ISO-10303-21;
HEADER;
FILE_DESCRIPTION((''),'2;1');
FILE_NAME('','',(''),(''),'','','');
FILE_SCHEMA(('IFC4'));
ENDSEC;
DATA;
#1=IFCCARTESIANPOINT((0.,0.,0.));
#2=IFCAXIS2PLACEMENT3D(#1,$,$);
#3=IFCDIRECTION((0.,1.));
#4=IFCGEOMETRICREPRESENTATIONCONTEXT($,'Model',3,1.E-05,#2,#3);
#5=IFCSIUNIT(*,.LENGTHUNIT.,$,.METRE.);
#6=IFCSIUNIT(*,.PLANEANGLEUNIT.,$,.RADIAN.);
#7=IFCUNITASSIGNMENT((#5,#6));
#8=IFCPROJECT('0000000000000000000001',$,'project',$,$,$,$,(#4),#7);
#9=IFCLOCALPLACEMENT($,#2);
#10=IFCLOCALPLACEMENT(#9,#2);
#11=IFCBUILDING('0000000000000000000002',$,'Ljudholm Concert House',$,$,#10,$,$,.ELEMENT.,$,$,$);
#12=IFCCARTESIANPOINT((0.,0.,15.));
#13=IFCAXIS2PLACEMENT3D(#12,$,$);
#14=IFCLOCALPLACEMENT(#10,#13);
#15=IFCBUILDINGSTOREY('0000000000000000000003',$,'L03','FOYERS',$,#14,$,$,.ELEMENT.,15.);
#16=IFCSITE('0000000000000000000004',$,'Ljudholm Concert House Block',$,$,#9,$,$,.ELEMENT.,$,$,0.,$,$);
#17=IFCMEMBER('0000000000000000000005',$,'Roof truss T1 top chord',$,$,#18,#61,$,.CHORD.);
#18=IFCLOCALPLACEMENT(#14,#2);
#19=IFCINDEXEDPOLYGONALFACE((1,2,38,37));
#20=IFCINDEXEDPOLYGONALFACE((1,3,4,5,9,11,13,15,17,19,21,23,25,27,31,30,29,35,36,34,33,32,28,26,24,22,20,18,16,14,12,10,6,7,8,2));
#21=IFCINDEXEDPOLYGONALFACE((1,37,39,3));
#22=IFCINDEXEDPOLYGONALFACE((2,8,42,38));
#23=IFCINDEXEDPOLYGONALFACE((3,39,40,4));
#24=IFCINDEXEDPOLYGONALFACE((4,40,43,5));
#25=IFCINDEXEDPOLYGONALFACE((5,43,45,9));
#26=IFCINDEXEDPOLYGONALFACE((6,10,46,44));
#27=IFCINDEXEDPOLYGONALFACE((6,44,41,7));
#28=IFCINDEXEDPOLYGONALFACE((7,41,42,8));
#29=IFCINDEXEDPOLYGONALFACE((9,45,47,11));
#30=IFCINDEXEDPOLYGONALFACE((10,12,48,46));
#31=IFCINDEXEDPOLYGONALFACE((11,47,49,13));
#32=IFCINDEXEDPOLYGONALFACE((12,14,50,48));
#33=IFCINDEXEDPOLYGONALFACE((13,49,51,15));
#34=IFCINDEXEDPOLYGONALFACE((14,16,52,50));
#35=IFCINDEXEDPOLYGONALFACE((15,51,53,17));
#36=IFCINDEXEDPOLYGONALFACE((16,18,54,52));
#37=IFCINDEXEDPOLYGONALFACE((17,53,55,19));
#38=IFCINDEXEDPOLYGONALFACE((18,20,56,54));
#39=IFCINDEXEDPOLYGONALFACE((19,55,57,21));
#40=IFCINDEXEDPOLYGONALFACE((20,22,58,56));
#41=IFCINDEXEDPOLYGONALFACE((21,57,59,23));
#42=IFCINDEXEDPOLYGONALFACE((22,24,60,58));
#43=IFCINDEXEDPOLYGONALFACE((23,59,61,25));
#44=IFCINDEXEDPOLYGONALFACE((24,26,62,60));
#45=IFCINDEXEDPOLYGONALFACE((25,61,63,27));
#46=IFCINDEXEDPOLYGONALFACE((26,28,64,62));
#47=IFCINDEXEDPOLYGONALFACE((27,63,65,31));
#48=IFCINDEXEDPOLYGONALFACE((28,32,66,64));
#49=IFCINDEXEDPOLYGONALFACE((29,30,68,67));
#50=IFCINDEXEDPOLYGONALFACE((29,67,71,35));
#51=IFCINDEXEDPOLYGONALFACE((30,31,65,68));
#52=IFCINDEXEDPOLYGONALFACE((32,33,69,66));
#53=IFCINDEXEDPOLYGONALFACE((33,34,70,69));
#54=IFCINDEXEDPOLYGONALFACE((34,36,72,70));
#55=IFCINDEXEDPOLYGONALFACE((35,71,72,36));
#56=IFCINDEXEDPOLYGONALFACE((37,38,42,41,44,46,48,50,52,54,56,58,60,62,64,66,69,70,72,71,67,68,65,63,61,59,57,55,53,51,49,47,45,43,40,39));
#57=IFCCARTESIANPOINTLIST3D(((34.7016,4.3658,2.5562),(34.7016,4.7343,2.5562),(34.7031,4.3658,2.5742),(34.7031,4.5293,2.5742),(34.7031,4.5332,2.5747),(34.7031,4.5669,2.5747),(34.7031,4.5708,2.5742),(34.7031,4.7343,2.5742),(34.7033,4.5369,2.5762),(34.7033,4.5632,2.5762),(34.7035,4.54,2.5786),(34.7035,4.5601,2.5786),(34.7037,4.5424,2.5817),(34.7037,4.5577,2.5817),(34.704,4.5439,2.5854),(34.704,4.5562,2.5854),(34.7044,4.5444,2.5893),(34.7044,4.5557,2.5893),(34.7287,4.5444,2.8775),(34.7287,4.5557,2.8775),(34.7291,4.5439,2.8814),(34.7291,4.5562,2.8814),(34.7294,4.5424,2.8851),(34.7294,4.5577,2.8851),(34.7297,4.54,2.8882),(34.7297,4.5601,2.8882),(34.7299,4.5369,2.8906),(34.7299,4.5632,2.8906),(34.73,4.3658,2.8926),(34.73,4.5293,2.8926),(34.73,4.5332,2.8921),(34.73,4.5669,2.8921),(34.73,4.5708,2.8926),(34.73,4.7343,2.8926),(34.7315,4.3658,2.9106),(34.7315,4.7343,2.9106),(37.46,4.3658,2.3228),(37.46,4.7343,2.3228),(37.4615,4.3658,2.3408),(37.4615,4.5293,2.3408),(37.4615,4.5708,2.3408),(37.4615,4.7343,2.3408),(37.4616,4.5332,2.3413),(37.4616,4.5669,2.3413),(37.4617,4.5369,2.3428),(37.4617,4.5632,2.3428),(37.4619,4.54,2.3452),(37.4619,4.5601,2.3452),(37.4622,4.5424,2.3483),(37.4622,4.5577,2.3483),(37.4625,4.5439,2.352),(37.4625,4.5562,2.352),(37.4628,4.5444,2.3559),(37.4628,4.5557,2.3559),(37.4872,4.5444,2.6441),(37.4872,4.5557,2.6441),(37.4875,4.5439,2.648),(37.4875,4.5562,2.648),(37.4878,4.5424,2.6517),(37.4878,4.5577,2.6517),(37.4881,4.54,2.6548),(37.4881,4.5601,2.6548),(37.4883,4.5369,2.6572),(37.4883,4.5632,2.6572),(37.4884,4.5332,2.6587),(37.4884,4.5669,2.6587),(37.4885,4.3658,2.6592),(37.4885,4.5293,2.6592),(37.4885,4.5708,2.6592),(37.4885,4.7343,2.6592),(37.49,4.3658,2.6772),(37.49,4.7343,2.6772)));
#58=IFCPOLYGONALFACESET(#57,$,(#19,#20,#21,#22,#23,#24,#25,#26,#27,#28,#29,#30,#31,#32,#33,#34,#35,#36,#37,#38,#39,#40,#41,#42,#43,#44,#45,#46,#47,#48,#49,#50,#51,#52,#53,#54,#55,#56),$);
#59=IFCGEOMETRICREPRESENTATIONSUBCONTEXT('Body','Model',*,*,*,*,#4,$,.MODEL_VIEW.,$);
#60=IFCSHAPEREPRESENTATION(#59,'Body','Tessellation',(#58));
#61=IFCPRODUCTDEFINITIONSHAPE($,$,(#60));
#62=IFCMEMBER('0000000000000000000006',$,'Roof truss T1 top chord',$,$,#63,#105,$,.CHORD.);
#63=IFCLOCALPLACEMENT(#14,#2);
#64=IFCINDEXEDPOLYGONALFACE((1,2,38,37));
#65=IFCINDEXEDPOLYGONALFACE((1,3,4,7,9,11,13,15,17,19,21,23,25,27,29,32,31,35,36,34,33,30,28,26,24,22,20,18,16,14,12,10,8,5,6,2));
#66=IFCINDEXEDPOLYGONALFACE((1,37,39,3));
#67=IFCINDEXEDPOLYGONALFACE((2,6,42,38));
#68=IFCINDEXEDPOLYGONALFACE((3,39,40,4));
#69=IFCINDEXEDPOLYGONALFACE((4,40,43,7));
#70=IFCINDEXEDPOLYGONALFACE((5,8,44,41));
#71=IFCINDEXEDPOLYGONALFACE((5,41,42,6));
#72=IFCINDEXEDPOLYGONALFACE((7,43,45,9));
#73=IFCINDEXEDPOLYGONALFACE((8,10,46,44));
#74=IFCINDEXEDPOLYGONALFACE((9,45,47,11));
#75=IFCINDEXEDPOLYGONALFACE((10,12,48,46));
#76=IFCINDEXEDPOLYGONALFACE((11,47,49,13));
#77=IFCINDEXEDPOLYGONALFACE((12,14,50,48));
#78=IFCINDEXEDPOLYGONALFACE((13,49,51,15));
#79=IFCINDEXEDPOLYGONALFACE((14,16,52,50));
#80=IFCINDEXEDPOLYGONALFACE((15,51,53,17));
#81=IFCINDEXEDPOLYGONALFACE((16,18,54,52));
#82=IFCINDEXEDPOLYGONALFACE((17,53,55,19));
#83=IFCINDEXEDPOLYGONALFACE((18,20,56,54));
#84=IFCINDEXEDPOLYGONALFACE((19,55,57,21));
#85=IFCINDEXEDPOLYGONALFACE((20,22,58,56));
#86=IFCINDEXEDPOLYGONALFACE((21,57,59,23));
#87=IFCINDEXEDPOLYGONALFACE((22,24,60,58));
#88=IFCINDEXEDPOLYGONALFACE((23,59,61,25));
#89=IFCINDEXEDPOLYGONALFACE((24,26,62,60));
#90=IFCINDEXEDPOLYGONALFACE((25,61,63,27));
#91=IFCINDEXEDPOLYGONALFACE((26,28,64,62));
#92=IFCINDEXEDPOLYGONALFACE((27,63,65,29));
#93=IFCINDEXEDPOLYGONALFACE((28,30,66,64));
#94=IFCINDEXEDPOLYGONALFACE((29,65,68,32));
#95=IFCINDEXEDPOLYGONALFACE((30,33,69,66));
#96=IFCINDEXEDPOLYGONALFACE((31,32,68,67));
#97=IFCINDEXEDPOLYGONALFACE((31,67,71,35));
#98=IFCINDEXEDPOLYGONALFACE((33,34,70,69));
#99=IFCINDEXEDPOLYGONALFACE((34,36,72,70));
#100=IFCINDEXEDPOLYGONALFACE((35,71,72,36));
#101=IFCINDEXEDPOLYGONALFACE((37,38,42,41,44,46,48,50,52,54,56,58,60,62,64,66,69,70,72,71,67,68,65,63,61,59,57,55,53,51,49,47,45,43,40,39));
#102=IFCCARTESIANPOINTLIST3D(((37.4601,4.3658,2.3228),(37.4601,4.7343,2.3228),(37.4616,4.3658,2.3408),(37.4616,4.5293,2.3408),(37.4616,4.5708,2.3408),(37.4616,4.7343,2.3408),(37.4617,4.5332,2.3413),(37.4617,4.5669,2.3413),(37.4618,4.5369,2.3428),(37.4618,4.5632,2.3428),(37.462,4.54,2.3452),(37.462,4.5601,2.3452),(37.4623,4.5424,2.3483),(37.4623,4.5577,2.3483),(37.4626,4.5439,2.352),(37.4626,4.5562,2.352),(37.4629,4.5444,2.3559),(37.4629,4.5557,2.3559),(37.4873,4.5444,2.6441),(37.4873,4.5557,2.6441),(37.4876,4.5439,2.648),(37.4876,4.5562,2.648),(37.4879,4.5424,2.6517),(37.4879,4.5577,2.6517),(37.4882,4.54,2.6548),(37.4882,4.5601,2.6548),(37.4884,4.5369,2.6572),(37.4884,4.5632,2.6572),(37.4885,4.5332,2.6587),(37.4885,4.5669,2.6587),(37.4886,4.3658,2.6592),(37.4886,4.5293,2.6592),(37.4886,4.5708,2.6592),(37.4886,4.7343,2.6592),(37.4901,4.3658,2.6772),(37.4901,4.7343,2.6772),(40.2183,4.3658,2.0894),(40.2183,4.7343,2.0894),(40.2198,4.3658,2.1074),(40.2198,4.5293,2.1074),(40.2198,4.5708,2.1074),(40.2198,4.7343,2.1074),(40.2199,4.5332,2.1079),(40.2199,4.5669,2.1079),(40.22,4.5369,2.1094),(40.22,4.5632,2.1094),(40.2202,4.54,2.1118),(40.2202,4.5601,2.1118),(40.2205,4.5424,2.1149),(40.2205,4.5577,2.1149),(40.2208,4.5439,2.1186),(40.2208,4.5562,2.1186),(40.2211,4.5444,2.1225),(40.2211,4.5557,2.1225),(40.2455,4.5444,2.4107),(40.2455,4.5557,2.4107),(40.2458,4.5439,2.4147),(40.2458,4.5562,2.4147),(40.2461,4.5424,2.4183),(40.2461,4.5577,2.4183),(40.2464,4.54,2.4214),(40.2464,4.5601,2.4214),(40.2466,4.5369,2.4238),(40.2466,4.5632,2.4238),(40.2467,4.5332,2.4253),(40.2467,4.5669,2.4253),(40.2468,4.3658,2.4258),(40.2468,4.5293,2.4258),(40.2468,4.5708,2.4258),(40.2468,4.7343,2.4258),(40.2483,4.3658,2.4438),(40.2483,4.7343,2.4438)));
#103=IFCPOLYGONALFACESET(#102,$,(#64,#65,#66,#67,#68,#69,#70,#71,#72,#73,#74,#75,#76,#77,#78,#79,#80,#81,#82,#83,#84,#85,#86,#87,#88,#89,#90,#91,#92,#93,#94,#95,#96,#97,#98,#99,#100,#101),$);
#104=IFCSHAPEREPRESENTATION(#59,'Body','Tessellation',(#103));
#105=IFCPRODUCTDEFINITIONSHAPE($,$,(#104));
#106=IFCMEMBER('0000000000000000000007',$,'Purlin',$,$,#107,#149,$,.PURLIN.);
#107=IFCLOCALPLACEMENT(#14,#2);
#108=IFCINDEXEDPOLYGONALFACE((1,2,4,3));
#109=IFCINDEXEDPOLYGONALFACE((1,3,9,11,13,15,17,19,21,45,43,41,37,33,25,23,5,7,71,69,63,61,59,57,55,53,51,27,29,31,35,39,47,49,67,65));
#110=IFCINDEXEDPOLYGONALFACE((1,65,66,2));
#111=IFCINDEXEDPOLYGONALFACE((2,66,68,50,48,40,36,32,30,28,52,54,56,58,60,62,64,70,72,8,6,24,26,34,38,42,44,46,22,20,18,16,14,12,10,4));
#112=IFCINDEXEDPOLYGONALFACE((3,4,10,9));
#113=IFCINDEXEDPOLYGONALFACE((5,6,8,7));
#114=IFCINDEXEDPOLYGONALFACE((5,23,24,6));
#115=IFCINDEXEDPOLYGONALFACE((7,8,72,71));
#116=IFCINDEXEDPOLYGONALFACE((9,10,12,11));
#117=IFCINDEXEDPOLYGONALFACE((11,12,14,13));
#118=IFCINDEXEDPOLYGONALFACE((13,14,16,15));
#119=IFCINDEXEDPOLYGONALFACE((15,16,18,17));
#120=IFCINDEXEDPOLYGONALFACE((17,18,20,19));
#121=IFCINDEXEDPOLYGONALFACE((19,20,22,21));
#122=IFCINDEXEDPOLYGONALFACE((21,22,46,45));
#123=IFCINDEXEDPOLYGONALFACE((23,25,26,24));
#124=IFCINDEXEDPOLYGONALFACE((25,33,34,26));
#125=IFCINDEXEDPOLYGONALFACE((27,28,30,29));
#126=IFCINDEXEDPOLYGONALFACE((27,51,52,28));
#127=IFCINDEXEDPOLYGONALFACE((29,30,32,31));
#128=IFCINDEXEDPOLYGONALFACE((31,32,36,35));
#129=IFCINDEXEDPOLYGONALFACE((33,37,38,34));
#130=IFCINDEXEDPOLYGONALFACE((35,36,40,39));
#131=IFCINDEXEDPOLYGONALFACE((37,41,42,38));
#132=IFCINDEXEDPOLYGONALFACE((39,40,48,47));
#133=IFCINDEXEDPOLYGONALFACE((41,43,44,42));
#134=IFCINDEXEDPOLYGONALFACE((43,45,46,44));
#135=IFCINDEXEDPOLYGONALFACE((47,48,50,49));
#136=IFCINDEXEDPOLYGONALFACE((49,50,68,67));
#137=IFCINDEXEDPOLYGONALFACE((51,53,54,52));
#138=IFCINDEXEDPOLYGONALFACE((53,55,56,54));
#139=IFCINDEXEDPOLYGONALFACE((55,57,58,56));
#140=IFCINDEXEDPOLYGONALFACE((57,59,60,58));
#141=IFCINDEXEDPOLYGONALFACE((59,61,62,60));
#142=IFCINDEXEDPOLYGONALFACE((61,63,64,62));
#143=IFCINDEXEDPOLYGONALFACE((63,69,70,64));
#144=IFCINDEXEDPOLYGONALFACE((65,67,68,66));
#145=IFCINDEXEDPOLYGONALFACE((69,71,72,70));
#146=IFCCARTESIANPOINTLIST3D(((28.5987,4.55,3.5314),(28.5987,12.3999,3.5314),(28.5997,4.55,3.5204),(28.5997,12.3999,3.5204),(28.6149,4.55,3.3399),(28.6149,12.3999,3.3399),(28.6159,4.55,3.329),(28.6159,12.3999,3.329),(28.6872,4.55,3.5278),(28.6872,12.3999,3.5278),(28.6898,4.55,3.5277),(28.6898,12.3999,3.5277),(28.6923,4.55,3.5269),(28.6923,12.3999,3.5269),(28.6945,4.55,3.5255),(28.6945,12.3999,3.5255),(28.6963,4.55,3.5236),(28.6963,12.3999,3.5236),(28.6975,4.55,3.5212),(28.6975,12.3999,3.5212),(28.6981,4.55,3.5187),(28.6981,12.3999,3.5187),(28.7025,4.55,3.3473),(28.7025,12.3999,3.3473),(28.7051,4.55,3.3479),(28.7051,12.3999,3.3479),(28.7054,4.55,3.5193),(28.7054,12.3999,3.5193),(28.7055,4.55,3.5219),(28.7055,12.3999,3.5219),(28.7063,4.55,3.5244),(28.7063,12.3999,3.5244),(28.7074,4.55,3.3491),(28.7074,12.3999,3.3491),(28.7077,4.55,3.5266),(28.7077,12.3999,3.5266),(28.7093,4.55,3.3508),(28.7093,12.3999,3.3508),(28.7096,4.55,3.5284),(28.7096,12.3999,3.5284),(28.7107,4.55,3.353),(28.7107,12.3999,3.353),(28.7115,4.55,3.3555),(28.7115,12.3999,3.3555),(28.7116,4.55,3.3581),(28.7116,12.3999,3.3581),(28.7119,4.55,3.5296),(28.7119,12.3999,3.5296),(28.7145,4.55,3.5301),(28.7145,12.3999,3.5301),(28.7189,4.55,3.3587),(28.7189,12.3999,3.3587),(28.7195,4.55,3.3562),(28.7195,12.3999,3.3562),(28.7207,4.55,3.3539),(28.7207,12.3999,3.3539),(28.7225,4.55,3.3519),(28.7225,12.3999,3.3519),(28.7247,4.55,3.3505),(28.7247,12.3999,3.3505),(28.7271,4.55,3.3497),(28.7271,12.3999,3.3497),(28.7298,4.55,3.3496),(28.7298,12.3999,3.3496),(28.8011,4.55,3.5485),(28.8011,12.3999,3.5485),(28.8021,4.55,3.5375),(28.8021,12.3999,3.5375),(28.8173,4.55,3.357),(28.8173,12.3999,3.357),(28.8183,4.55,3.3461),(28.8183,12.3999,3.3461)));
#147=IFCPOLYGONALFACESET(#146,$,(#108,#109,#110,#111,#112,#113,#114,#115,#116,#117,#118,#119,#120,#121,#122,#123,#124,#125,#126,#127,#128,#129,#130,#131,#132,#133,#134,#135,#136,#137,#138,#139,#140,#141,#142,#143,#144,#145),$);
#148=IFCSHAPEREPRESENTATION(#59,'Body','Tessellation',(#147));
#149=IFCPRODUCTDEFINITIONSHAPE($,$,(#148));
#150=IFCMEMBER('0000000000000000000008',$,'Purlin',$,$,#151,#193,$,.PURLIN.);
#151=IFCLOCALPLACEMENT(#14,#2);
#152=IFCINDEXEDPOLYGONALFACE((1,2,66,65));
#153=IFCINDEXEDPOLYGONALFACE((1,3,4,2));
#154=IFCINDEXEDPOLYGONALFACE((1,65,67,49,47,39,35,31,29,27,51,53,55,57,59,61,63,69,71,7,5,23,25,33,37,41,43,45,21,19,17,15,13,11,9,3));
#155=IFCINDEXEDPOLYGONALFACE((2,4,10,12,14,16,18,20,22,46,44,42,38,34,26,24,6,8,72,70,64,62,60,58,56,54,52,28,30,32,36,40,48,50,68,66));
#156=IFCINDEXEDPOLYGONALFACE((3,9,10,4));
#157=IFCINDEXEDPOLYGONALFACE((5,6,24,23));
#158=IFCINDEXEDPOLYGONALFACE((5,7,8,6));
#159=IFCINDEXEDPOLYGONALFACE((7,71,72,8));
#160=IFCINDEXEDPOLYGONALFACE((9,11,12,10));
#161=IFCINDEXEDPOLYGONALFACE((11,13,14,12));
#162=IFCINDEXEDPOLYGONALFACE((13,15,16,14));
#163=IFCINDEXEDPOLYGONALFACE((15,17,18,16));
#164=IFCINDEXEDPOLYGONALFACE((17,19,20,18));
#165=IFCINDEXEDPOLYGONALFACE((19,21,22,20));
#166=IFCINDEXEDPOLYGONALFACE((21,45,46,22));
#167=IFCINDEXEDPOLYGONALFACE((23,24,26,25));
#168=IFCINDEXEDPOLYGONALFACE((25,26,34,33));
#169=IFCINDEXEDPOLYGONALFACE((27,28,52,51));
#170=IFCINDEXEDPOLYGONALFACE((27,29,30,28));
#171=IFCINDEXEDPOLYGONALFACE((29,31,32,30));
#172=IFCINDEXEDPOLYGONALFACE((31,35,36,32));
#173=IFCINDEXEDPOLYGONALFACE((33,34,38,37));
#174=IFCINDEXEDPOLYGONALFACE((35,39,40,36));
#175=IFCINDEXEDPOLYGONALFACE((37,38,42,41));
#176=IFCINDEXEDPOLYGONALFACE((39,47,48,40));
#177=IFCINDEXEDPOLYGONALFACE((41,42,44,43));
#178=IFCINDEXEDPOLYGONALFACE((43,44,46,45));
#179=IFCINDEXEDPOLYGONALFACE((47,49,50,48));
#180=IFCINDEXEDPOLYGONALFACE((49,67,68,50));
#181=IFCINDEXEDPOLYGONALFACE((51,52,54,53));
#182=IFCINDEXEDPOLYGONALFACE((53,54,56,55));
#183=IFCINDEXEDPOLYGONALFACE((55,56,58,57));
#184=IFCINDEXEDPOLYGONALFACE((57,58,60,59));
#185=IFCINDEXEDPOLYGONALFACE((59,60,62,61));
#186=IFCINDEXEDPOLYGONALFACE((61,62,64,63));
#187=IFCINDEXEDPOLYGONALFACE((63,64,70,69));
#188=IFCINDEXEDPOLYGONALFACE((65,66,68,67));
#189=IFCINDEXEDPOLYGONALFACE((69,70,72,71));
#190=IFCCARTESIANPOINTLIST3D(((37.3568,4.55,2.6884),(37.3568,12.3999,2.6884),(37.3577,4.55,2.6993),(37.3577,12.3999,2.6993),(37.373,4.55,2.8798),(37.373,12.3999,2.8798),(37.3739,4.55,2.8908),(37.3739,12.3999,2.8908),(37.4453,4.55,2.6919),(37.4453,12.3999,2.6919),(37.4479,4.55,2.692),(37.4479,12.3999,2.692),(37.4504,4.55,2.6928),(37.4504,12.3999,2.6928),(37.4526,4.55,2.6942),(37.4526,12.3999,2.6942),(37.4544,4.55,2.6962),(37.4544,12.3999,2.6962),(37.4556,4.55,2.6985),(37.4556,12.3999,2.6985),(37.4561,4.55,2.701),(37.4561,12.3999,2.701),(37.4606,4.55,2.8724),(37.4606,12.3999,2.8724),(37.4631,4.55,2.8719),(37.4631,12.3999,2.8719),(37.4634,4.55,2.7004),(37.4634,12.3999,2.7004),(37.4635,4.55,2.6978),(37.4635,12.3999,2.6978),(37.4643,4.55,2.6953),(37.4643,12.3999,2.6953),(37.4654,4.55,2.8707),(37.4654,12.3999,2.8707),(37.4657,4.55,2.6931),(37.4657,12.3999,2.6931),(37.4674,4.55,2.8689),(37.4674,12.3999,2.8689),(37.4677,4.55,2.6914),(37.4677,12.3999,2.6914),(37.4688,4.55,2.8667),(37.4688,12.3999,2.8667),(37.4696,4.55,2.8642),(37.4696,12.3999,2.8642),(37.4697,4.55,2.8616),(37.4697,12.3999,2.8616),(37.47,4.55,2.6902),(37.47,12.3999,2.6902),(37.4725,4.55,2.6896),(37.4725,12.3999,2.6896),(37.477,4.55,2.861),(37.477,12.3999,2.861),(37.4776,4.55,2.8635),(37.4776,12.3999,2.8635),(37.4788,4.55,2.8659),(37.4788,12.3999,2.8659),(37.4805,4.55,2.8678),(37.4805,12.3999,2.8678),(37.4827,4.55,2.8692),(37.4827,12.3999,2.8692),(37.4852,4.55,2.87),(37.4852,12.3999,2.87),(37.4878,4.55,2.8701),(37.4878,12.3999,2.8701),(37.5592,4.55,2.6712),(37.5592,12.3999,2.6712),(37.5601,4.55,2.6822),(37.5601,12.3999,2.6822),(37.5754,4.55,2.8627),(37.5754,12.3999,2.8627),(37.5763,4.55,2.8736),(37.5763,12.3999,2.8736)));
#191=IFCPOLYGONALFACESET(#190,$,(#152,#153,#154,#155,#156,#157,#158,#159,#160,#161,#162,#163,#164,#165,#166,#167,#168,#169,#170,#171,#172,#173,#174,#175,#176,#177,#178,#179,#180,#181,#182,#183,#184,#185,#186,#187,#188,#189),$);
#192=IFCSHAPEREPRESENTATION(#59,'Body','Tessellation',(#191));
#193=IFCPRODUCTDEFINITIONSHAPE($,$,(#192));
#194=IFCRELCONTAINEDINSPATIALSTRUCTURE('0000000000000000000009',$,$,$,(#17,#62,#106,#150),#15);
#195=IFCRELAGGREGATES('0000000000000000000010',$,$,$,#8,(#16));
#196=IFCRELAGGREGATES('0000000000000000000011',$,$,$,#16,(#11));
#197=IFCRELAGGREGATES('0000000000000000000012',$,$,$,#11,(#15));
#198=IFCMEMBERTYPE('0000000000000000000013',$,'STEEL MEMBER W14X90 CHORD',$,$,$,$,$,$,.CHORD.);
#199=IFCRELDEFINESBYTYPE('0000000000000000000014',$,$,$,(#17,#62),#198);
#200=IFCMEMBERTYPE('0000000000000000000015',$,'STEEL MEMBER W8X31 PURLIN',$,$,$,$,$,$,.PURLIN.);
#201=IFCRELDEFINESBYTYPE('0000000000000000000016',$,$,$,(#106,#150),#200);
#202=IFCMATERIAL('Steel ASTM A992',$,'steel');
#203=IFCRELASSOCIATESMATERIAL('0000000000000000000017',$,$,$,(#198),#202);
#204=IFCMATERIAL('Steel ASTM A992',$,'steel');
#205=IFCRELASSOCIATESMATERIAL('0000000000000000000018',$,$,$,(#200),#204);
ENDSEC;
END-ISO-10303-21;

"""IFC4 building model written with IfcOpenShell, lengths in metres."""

from ifc_helpers import new_model, si_unit, direction, frame, origin, origin_2d, place, context, subcontext, project, spatial, i_section, extrude, material, material_profile, profile_set, type_object, element, save


model = new_model("IFC4")

# Units and contexts
model_context = context("Model", 3, precision=1e-05, world=origin(), true_north=direction((0.0, 1.0)))
body_context = subcontext(model_context, "Body", "Model", "MODEL_VIEW")
ifc_project = project(units=[si_unit("LENGTHUNIT", "METRE"), si_unit("PLANEANGLEUNIT", "RADIAN")], contexts=[model_context])

# Site, building, storey
site_placement = place(None, origin())
site = spatial("IfcSite", under=ifc_project, at=site_placement, Name="Ljudholm Concert House Block", CompositionType="ELEMENT", RefElevation=0.0)
building_placement = place(site_placement, origin())
building = spatial("IfcBuilding", under=site, at=building_placement, Name="Ljudholm Concert House", CompositionType="ELEMENT")
storey_placement = place(building_placement, frame((0.0, 0.0, 15.0)))
storey = spatial("IfcBuildingStorey", under=building, at=storey_placement, Name="L03", Description="FOYERS", CompositionType="ELEMENT", Elevation=15.0)

# Members
ifc_material_1 = material(Name="Steel ASTM A992", Category="steel")
ifc_material_profile_1 = material_profile(ifc_material_1, i_section(OverallWidth=0.3684, OverallDepth=0.3557, WebThickness=0.0112, FlangeThickness=0.0181, FilletRadius=0.0151, at=origin_2d()), Name="W14X90")
ifc_profile_set_1 = profile_set([ifc_material_profile_1], Name="Steel ASTM A992")
member_type_1 = type_object("IfcMemberType", Name="STEEL MEMBER W14X90 CHORD", PredefinedType="CHORD", material=ifc_profile_set_1)
member_1_placement = place(storey_placement, frame((34.7166, 4.55, 2.7334), z_axis=(0.99644, 0.0, -0.084308), x_axis=(0.0, 1.0, 0.0)))
element("IfcMember", 1, at=member_1_placement, inside=storey, type_object=member_type_1, Name="Roof truss T1 top chord", PredefinedType="CHORD", context=body_context, shape_type="SweptSolid", body=[
    extrude(i_section(OverallWidth=0.3684, OverallDepth=0.3557, WebThickness=0.0112, FlangeThickness=0.0181, FilletRadius=0.0151, at=origin_2d()), origin(), (0.0, 0.0, 1.0), 2.7683),
])
member_2_placement = place(storey_placement, frame((37.4751, 4.55, 2.5), z_axis=(0.996439, 0.0, -0.084315), x_axis=(0.0, 1.0, 0.0)))
element("IfcMember", 2, at=member_2_placement, inside=storey, type_object=member_type_1, Name="Roof truss T1 top chord", PredefinedType="CHORD", context=body_context, shape_type="SweptSolid", body=[
    extrude(i_section(OverallWidth=0.3684, OverallDepth=0.3557, WebThickness=0.0112, FlangeThickness=0.0181, FilletRadius=0.0151, at=origin_2d()), origin(), (0.0, 0.0, 1.0), 2.7681),
])
ifc_material_2 = material(Name="Steel ASTM A992", Category="steel")
ifc_material_profile_2 = material_profile(ifc_material_2, i_section(OverallWidth=0.2031, OverallDepth=0.2031, WebThickness=0.0073, FlangeThickness=0.011, FilletRadius=0.01, at=origin_2d()), Name="W8X31")
ifc_profile_set_2 = profile_set([ifc_material_profile_2], Name="Steel ASTM A992")
member_type_2 = type_object("IfcMemberType", Name="STEEL MEMBER W8X31 PURLIN", PredefinedType="PURLIN", material=ifc_profile_set_2)
for number, where, z_axis, x_axis, name in (
    (3, (28.7085, 4.55, 3.4387), (0.0, 1.0, 0.0), (-0.996441, 0.0, -0.084291), "Purlin"),
    (4, (37.4666, 4.55, 2.781), (0.0, 1.0, 0.0), (-0.996441, 0.0, 0.084291), "Purlin"),
):
    element("IfcMember", number, at=place(storey_placement, frame(where, z_axis=z_axis, x_axis=x_axis)), inside=storey, type_object=member_type_2, Name=name, PredefinedType="PURLIN", context=body_context, shape_type="SweptSolid", body=[
        extrude(i_section(OverallWidth=0.2031, OverallDepth=0.2031, WebThickness=0.0073, FlangeThickness=0.011, FilletRadius=0.01, at=origin_2d()), origin(), (0.0, 0.0, 1.0), 7.8499),
    ])

save(model, "model.ifc")
